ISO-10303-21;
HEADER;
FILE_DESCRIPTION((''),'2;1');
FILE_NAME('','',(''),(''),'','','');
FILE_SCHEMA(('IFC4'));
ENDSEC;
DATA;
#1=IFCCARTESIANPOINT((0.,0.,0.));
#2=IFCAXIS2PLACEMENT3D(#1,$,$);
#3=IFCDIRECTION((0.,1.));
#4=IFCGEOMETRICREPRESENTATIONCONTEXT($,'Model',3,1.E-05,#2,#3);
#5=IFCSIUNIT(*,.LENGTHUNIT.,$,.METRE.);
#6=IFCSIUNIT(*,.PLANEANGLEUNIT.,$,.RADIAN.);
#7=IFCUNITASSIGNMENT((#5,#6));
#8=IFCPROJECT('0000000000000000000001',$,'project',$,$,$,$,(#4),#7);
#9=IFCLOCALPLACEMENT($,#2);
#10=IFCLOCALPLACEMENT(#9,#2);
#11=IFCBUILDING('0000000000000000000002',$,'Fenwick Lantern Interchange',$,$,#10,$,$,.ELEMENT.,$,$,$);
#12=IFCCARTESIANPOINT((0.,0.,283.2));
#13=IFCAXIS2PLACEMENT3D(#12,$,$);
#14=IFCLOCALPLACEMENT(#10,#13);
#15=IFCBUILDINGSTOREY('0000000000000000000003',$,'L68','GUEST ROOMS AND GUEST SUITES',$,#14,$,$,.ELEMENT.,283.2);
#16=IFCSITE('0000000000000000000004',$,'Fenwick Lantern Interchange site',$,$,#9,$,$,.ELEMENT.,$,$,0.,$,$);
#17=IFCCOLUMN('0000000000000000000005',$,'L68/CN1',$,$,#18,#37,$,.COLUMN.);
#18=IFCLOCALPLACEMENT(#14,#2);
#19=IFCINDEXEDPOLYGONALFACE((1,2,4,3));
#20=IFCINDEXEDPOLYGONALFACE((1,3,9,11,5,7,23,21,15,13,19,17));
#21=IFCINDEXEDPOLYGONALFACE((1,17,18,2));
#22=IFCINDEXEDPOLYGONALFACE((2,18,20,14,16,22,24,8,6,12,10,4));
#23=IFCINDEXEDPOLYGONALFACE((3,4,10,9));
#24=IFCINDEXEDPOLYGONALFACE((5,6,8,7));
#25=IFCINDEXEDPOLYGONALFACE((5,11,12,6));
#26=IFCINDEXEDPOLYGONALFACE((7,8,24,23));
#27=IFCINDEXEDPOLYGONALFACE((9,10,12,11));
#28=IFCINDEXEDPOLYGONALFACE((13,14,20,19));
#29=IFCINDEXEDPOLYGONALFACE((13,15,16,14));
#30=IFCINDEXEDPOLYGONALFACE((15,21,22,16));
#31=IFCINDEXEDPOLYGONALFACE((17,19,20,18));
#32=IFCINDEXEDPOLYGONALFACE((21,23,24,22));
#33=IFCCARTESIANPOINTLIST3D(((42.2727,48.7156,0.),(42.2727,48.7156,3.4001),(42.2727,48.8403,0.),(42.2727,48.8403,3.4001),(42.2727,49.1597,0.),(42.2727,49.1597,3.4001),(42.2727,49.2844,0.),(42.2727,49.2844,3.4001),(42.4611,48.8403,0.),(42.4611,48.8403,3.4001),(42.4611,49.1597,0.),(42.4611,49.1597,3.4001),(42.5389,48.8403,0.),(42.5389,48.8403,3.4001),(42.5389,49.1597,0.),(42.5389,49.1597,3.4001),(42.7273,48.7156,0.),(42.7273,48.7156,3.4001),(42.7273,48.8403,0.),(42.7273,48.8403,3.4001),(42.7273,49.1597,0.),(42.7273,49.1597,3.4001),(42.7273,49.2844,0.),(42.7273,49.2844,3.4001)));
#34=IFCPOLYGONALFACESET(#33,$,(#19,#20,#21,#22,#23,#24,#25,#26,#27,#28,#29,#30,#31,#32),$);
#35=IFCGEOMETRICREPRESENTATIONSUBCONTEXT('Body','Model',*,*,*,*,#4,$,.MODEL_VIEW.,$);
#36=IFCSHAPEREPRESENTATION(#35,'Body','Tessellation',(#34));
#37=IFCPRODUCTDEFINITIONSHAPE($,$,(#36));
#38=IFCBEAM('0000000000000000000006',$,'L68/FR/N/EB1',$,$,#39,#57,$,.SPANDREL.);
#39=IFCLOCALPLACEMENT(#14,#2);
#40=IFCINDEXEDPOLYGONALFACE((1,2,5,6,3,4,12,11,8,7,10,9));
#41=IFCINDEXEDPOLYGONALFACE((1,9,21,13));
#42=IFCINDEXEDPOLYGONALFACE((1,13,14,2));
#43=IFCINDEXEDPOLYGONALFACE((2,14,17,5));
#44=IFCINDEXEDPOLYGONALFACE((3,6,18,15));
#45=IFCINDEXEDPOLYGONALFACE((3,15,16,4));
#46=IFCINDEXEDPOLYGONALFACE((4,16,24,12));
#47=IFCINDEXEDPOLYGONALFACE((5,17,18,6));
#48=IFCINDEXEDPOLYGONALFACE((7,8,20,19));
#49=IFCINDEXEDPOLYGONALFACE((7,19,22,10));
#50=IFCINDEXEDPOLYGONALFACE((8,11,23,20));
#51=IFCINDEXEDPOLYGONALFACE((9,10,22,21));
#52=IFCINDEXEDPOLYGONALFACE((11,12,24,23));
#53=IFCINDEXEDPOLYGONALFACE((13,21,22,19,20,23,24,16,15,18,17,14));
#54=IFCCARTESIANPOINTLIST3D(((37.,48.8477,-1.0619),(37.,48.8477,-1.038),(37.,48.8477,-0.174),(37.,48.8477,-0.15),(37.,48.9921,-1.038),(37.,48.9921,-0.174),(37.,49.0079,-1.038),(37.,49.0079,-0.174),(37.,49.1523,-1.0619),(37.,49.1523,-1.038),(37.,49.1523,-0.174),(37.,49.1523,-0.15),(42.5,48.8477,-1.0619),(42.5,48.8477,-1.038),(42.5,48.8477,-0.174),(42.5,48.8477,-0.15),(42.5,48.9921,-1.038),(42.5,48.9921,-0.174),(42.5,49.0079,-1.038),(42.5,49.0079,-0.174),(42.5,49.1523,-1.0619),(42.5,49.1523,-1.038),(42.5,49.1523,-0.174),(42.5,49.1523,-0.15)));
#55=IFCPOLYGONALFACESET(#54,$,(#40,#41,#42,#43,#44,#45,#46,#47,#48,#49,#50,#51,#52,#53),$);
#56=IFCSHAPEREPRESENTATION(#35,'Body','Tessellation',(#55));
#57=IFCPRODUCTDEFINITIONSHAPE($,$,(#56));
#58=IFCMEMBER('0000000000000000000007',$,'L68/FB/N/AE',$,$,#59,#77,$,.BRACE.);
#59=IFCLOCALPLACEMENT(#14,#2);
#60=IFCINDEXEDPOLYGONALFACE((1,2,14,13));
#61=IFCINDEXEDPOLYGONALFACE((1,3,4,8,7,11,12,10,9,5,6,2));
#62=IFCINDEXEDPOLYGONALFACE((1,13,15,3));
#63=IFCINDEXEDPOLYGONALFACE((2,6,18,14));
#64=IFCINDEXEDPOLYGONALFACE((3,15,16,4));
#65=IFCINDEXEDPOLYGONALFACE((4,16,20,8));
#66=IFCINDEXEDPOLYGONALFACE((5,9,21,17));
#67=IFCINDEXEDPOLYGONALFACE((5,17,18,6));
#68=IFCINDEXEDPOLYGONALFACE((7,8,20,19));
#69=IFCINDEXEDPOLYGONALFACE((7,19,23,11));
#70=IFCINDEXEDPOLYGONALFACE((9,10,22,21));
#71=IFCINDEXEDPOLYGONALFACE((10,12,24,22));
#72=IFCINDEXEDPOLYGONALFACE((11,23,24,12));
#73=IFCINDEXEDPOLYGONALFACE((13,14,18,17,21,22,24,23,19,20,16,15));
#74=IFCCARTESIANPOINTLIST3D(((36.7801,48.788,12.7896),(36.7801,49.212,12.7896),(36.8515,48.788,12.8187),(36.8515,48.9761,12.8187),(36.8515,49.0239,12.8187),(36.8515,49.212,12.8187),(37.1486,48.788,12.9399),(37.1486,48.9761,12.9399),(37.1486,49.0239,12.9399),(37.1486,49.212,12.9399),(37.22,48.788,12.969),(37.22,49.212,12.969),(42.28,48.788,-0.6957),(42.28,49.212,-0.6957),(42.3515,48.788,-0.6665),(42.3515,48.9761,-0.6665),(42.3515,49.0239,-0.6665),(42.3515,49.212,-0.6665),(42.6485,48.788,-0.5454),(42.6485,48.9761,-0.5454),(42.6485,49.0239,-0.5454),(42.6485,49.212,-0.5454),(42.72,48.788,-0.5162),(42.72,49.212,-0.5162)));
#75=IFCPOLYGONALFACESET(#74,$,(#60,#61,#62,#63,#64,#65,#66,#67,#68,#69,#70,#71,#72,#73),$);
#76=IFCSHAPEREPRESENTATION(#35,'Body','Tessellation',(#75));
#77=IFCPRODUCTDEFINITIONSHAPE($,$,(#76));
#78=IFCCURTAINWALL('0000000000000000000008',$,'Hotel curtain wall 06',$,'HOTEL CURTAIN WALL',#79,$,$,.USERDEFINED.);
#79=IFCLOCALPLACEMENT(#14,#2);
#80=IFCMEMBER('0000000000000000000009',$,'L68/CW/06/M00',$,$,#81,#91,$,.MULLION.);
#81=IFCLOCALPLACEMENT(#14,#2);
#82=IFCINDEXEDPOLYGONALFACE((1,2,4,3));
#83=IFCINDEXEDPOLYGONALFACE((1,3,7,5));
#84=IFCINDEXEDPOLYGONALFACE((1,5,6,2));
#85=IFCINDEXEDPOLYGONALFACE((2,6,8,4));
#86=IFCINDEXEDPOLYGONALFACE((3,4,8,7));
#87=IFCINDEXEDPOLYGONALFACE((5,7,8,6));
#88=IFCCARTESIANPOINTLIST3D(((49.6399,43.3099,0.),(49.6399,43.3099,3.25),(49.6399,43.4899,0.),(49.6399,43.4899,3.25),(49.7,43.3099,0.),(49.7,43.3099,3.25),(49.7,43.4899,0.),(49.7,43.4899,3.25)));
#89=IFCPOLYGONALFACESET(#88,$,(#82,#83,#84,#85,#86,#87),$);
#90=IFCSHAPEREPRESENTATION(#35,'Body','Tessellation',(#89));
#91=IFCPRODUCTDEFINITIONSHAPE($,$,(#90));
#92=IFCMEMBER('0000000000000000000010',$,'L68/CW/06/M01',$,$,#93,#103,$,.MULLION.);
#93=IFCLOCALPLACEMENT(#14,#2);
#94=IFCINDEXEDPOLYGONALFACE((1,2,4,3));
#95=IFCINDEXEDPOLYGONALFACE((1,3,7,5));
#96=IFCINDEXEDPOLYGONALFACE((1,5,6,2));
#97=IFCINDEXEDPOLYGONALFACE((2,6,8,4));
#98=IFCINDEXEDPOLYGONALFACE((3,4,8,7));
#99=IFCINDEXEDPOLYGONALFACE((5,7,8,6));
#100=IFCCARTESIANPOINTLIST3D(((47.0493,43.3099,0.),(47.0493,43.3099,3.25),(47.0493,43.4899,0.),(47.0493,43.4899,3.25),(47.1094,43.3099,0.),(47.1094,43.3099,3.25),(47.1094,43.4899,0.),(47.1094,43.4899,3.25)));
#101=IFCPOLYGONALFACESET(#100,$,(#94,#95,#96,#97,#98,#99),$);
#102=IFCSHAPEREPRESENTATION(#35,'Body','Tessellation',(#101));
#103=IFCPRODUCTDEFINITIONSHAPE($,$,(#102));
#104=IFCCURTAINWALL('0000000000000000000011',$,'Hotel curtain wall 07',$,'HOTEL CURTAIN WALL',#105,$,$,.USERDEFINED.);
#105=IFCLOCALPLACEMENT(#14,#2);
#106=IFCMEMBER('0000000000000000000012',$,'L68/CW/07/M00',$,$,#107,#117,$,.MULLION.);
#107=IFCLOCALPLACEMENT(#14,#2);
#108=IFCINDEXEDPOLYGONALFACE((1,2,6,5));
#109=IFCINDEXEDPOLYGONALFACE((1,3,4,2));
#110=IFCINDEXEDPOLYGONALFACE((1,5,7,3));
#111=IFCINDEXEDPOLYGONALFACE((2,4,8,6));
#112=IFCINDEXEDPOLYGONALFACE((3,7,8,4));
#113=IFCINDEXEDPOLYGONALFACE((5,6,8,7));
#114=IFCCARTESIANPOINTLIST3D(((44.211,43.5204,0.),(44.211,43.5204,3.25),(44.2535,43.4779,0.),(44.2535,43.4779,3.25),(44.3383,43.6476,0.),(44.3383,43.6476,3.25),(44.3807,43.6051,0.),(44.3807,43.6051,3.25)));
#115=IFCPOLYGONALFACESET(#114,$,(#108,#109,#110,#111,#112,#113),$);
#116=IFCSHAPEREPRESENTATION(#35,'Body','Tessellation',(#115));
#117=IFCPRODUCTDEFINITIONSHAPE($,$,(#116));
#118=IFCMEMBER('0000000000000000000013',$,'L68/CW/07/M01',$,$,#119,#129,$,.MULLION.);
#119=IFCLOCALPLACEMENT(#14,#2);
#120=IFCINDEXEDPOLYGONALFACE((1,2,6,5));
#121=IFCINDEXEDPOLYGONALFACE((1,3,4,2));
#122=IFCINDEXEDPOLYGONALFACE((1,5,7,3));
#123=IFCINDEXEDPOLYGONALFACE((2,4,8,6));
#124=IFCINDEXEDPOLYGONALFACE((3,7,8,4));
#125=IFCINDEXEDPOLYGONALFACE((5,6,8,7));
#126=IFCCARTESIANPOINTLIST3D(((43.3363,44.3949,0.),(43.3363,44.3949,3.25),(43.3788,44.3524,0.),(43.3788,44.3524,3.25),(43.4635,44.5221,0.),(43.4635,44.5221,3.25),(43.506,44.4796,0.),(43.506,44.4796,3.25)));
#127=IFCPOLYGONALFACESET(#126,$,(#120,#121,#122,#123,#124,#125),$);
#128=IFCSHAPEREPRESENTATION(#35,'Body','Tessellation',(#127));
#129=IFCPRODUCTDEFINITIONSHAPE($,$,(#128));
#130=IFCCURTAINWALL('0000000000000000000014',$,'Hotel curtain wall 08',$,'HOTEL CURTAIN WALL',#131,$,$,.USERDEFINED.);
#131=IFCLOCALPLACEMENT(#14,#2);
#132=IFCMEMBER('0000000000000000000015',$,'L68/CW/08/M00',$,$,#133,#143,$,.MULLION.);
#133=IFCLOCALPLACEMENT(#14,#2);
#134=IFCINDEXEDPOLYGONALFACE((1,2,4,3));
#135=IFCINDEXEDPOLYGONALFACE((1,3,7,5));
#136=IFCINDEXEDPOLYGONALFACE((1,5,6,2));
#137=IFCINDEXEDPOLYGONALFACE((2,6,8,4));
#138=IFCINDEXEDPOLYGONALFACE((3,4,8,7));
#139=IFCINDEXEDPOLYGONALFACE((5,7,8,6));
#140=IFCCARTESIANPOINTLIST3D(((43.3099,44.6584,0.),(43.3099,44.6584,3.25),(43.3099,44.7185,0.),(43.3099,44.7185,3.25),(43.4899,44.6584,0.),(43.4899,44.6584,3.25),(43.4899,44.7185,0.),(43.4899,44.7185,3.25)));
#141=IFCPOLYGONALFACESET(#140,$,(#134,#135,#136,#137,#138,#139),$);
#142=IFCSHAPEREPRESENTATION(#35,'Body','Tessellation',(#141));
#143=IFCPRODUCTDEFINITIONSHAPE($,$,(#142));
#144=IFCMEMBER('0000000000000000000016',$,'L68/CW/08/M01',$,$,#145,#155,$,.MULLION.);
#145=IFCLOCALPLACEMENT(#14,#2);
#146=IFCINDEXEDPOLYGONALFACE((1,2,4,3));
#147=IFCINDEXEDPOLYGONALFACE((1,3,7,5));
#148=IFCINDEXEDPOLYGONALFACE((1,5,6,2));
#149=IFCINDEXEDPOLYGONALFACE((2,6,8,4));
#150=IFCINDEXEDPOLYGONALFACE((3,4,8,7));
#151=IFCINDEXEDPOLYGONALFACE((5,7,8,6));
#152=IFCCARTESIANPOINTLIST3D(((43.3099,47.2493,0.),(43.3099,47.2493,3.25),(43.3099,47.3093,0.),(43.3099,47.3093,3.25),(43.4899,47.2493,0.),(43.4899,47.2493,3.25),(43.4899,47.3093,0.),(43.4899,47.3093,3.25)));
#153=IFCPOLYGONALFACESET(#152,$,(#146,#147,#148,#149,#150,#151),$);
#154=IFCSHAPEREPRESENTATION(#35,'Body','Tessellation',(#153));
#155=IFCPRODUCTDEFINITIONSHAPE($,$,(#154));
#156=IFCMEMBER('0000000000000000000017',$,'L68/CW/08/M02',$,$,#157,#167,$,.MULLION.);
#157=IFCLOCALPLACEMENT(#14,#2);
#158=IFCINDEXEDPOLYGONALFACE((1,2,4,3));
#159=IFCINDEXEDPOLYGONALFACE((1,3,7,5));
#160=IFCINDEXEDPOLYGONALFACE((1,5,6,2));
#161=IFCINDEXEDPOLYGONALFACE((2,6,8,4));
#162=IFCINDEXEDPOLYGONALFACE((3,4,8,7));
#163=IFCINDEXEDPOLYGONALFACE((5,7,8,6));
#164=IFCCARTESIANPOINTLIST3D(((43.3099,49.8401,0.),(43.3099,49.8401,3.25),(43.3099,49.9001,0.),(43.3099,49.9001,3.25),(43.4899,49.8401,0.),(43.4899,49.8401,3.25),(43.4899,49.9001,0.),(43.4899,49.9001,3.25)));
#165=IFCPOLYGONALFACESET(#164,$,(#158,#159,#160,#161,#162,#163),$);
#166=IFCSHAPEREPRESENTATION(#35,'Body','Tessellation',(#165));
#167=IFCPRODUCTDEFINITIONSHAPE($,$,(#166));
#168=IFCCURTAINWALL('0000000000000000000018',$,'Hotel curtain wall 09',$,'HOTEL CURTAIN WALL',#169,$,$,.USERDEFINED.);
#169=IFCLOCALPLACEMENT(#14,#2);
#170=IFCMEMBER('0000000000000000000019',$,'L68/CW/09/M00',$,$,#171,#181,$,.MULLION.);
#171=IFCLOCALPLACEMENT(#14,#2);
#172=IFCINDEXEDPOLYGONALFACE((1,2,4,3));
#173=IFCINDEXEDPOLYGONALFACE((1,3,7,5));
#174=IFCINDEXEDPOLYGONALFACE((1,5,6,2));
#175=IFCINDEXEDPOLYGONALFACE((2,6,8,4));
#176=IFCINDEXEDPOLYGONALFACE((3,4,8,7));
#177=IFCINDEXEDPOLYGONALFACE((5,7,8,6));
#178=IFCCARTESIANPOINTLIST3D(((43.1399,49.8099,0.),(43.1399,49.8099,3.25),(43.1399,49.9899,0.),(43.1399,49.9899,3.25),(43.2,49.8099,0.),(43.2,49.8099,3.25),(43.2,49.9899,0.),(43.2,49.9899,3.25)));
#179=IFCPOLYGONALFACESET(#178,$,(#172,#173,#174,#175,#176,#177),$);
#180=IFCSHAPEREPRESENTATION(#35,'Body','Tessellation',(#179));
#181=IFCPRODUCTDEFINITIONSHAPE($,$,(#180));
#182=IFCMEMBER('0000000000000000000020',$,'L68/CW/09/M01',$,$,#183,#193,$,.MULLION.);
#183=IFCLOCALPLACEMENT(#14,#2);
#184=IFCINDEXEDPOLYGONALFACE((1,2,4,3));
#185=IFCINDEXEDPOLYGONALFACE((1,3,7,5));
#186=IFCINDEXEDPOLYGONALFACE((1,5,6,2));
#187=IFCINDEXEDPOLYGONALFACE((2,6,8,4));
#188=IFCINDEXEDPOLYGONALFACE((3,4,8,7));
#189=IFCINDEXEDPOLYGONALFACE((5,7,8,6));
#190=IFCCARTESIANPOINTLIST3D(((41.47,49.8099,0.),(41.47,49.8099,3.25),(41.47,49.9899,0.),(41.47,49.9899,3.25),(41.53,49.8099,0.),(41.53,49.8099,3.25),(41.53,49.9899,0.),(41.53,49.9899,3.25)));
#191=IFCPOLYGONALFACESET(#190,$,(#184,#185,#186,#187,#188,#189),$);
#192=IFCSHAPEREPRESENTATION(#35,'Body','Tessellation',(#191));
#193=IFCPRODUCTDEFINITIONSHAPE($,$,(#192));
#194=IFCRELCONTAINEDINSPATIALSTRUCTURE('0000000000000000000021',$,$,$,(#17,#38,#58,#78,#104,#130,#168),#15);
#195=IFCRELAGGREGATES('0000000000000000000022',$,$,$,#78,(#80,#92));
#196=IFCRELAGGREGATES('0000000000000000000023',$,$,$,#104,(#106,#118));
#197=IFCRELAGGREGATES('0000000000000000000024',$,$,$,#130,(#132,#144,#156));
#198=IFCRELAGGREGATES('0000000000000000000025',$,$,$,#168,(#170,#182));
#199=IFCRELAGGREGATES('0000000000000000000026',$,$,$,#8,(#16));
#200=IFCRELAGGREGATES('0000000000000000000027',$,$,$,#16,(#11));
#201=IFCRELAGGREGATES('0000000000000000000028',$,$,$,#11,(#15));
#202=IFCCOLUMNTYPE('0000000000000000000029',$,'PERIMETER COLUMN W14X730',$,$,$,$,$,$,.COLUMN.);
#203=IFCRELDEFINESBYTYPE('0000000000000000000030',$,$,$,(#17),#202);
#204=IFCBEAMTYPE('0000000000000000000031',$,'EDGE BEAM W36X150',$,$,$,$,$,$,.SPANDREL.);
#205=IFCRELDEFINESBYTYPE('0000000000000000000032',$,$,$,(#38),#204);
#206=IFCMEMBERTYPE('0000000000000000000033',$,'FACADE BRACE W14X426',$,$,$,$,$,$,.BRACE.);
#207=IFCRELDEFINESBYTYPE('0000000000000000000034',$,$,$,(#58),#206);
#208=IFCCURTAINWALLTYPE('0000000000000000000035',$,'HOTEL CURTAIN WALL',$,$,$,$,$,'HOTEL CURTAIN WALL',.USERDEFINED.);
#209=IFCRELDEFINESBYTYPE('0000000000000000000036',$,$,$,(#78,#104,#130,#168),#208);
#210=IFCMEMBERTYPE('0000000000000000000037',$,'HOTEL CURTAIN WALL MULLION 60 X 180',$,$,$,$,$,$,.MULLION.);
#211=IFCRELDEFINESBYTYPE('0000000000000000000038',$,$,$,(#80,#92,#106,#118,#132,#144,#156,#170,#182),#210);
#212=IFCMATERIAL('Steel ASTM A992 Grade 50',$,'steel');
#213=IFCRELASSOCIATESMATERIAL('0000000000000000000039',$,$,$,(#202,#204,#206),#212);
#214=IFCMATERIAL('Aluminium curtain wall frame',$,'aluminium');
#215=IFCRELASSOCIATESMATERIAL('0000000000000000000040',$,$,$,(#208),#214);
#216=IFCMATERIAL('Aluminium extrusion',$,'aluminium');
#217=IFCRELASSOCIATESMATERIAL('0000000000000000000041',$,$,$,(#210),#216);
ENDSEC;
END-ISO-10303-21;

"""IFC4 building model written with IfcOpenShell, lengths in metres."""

from ifc_helpers import new_model, si_unit, direction, frame, origin, origin_2d, place, context, subcontext, project, spatial, rectangle, i_section, extrude, material, material_profile, profile_set, type_object, element, aggregate, save


model = new_model("IFC4")

# Units and contexts
model_context = context("Model", 3, precision=1e-05, world=origin(), true_north=direction((0.0, 1.0)))
body_context = subcontext(model_context, "Body", "Model", "MODEL_VIEW")
ifc_project = project(units=[si_unit("LENGTHUNIT", "METRE"), si_unit("PLANEANGLEUNIT", "RADIAN")], contexts=[model_context])

# Site, building, storey
site_placement = place(None, origin())
site = spatial("IfcSite", under=ifc_project, at=site_placement, Name="Fenwick Lantern Interchange site", CompositionType="ELEMENT", RefElevation=0.0)
building_placement = place(site_placement, origin())
building = spatial("IfcBuilding", under=site, at=building_placement, Name="Fenwick Lantern Interchange", CompositionType="ELEMENT")
storey_placement = place(building_placement, frame((0.0, 0.0, 283.2)))
storey = spatial("IfcBuildingStorey", under=building, at=storey_placement, Name="L68", Description="GUEST ROOMS AND GUEST SUITES", CompositionType="ELEMENT", Elevation=283.2)

# Column
ifc_material_1 = material(Name="Steel ASTM A992 Grade 50", Category="steel")
ifc_material_profile_1 = material_profile(ifc_material_1, i_section(OverallWidth=0.4546, OverallDepth=0.5688, WebThickness=0.0779, FlangeThickness=0.1248, at=origin_2d()), Name="W14X730")
ifc_profile_set_1 = profile_set([ifc_material_profile_1], Name="Steel ASTM A992 Grade 50")
column_type = type_object("IfcColumnType", Name="PERIMETER COLUMN W14X730", PredefinedType="COLUMN", material=ifc_profile_set_1)
column_placement = place(storey_placement, frame((42.5, 49.0, 0.0), z_axis=(0.0, 0.0, 1.0), x_axis=(1.0, 0.0, 0.0)))
element("IfcColumn", 1, at=column_placement, inside=storey, type_object=column_type, Name="L68/CN1", PredefinedType="COLUMN", context=body_context, shape_type="SweptSolid", body=[
    extrude(i_section(OverallWidth=0.4546, OverallDepth=0.5688, WebThickness=0.0779, FlangeThickness=0.1248, at=origin_2d()), origin(), (0.0, 0.0, 1.0), 3.4001),
])

# Beam
ifc_material_profile_2 = material_profile(ifc_material_1, i_section(OverallWidth=0.3047, OverallDepth=0.9119, WebThickness=0.0159, FlangeThickness=0.0239, at=origin_2d()), Name="W36X150")
ifc_profile_set_2 = profile_set([ifc_material_profile_2], Name="Steel ASTM A992 Grade 50")
beam_type = type_object("IfcBeamType", Name="EDGE BEAM W36X150", PredefinedType="SPANDREL", material=ifc_profile_set_2)
beam_placement = place(storey_placement, frame((42.5, 49.0, -0.606), z_axis=(-1.0, 0.0, 0.0), x_axis=(0.0, -1.0, 0.0)))
element("IfcBeam", 2, at=beam_placement, inside=storey, type_object=beam_type, Name="L68/FR/N/EB1", PredefinedType="SPANDREL", context=body_context, shape_type="SweptSolid", body=[
    extrude(i_section(OverallWidth=0.3047, OverallDepth=0.9119, WebThickness=0.0159, FlangeThickness=0.0239, at=origin_2d()), origin(), (0.0, 0.0, 1.0), 5.5),
])

# Member
ifc_material_profile_3 = material_profile(ifc_material_1, i_section(OverallWidth=0.4241, OverallDepth=0.4751, WebThickness=0.0479, FlangeThickness=0.0771, at=origin_2d()), Name="W14X426")
ifc_profile_set_3 = profile_set([ifc_material_profile_3], Name="Steel ASTM A992 Grade 50")
member_type_1 = type_object("IfcMemberType", Name="FACADE BRACE W14X426", PredefinedType="BRACE", material=ifc_profile_set_3)
member_1_placement = place(storey_placement, frame((42.5, 49.0, -0.606), z_axis=(-0.377648, 0.0, 0.925949), x_axis=(0.0, -1.0, 0.0)))
element("IfcMember", 3, at=member_1_placement, inside=storey, type_object=member_type_1, Name="L68/FB/N/AE", PredefinedType="BRACE", context=body_context, shape_type="SweptSolid", body=[
    extrude(i_section(OverallWidth=0.4241, OverallDepth=0.4751, WebThickness=0.0479, FlangeThickness=0.0771, at=origin_2d()), origin(), (0.0, 0.0, 1.0), 14.5637),
])

# Curtain walls, members
ifc_material_2 = material(Name="Aluminium curtain wall frame", Category="aluminium")
curtain_wall_type = type_object("IfcCurtainWallType", Name="HOTEL CURTAIN WALL", ElementType="HOTEL CURTAIN WALL", PredefinedType="USERDEFINED", material=ifc_material_2)
curtain_wall_1_placement = place(storey_placement, origin())
curtain_wall_1 = element("IfcCurtainWall", 4, at=curtain_wall_1_placement, inside=storey, type_object=curtain_wall_type, Name="Hotel curtain wall 06", ObjectType="HOTEL CURTAIN WALL", PredefinedType="USERDEFINED")
ifc_material_3 = material(Name="Aluminium extrusion", Category="aluminium")
ifc_material_profile_4 = material_profile(ifc_material_3, rectangle(XDim=0.1799, YDim=0.0601, at=origin_2d()), Name="HOTEL CURTAIN WALL MULLION 60 X 180")
ifc_profile_set_4 = profile_set([ifc_material_profile_4], Name="Aluminium extrusion")
member_type_2 = type_object("IfcMemberType", Name="HOTEL CURTAIN WALL MULLION 60 X 180", PredefinedType="MULLION", material=ifc_profile_set_4)
member_2_placement = place(storey_placement, frame((49.6699, 43.3999, 0.0), z_axis=(0.0, 0.0, 1.0), x_axis=(0.0, -1.0, 0.0)))
member_2 = element("IfcMember", 5, at=member_2_placement, type_object=member_type_2, Name="L68/CW/06/M00", PredefinedType="MULLION", context=body_context, shape_type="SweptSolid", body=[
    extrude(rectangle(XDim=0.1799, YDim=0.0601, at=origin_2d()), origin(), (0.0, 0.0, 1.0), 3.25),
])
member_3_placement = place(storey_placement, frame((47.0793, 43.3999, 0.0), z_axis=(0.0, 0.0, 1.0), x_axis=(0.0, -1.0, 0.0)))
member_3 = element("IfcMember", 6, at=member_3_placement, type_object=member_type_2, Name="L68/CW/06/M01", PredefinedType="MULLION", context=body_context, shape_type="SweptSolid", body=[
    extrude(rectangle(XDim=0.1799, YDim=0.0601, at=origin_2d()), origin(), (0.0, 0.0, 1.0), 3.25),
])
curtain_wall_2_placement = place(storey_placement, origin())
curtain_wall_2 = element("IfcCurtainWall", 7, at=curtain_wall_2_placement, inside=storey, type_object=curtain_wall_type, Name="Hotel curtain wall 07", ObjectType="HOTEL CURTAIN WALL", PredefinedType="USERDEFINED")
member_4_placement = place(storey_placement, frame((44.2959, 43.5627, 0.0), z_axis=(0.0, 0.0, 1.0), x_axis=(-0.707107, -0.707107, 0.0)))
member_4 = element("IfcMember", 8, at=member_4_placement, type_object=member_type_2, Name="L68/CW/07/M00", PredefinedType="MULLION", context=body_context, shape_type="SweptSolid", body=[
    extrude(rectangle(XDim=0.1799, YDim=0.0601, at=origin_2d()), origin(), (0.0, 0.0, 1.0), 3.25),
])
member_5_placement = place(storey_placement, frame((43.4211, 44.4373, 0.0), z_axis=(0.0, 0.0, 1.0), x_axis=(-0.707107, -0.707107, 0.0)))
member_5 = element("IfcMember", 9, at=member_5_placement, type_object=member_type_2, Name="L68/CW/07/M01", PredefinedType="MULLION", context=body_context, shape_type="SweptSolid", body=[
    extrude(rectangle(XDim=0.1799, YDim=0.0601, at=origin_2d()), origin(), (0.0, 0.0, 1.0), 3.25),
])
curtain_wall_3_placement = place(storey_placement, origin())
curtain_wall_3 = element("IfcCurtainWall", 10, at=curtain_wall_3_placement, inside=storey, type_object=curtain_wall_type, Name="Hotel curtain wall 08", ObjectType="HOTEL CURTAIN WALL", PredefinedType="USERDEFINED")
member_6_placement = place(storey_placement, frame((43.3999, 44.6885, 0.0), z_axis=(0.0, 0.0, 1.0), x_axis=(-1.0, 0.0, 0.0)))
member_6 = element("IfcMember", 11, at=member_6_placement, type_object=member_type_2, Name="L68/CW/08/M00", PredefinedType="MULLION", context=body_context, shape_type="SweptSolid", body=[
    extrude(rectangle(XDim=0.1799, YDim=0.0601, at=origin_2d()), origin(), (0.0, 0.0, 1.0), 3.25),
])
member_7_placement = place(storey_placement, frame((43.3999, 47.2793, 0.0), z_axis=(0.0, 0.0, 1.0), x_axis=(-1.0, 0.0, 0.0)))
member_7 = element("IfcMember", 12, at=member_7_placement, type_object=member_type_2, Name="L68/CW/08/M01", PredefinedType="MULLION", context=body_context, shape_type="SweptSolid", body=[
    extrude(rectangle(XDim=0.1799, YDim=0.0601, at=origin_2d()), origin(), (0.0, 0.0, 1.0), 3.25),
])
member_8_placement = place(storey_placement, frame((43.3999, 49.8701, 0.0), z_axis=(0.0, 0.0, 1.0), x_axis=(-1.0, 0.0, 0.0)))
member_8 = element("IfcMember", 13, at=member_8_placement, type_object=member_type_2, Name="L68/CW/08/M02", PredefinedType="MULLION", context=body_context, shape_type="SweptSolid", body=[
    extrude(rectangle(XDim=0.1799, YDim=0.0601, at=origin_2d()), origin(), (0.0, 0.0, 1.0), 3.25),
])
curtain_wall_4_placement = place(storey_placement, origin())
curtain_wall_4 = element("IfcCurtainWall", 14, at=curtain_wall_4_placement, inside=storey, type_object=curtain_wall_type, Name="Hotel curtain wall 09", ObjectType="HOTEL CURTAIN WALL", PredefinedType="USERDEFINED")
member_9_placement = place(storey_placement, frame((43.1699, 49.8999, 0.0), z_axis=(0.0, 0.0, 1.0), x_axis=(0.0, -1.0, 0.0)))
member_9 = element("IfcMember", 15, at=member_9_placement, type_object=member_type_2, Name="L68/CW/09/M00", PredefinedType="MULLION", context=body_context, shape_type="SweptSolid", body=[
    extrude(rectangle(XDim=0.1799, YDim=0.0601, at=origin_2d()), origin(), (0.0, 0.0, 1.0), 3.25),
])
member_10_placement = place(storey_placement, frame((41.5, 49.8999, 0.0), z_axis=(0.0, 0.0, 1.0), x_axis=(0.0, -1.0, 0.0)))
member_10 = element("IfcMember", 16, at=member_10_placement, type_object=member_type_2, Name="L68/CW/09/M01", PredefinedType="MULLION", context=body_context, shape_type="SweptSolid", body=[
    extrude(rectangle(XDim=0.1799, YDim=0.0601, at=origin_2d()), origin(), (0.0, 0.0, 1.0), 3.25),
])

aggregate(curtain_wall_1, [member_2, member_3])

aggregate(curtain_wall_2, [member_4, member_5])
aggregate(curtain_wall_3, [member_6, member_7, member_8])
aggregate(curtain_wall_4, [member_9, member_10])

save(model, "model.ifc")
